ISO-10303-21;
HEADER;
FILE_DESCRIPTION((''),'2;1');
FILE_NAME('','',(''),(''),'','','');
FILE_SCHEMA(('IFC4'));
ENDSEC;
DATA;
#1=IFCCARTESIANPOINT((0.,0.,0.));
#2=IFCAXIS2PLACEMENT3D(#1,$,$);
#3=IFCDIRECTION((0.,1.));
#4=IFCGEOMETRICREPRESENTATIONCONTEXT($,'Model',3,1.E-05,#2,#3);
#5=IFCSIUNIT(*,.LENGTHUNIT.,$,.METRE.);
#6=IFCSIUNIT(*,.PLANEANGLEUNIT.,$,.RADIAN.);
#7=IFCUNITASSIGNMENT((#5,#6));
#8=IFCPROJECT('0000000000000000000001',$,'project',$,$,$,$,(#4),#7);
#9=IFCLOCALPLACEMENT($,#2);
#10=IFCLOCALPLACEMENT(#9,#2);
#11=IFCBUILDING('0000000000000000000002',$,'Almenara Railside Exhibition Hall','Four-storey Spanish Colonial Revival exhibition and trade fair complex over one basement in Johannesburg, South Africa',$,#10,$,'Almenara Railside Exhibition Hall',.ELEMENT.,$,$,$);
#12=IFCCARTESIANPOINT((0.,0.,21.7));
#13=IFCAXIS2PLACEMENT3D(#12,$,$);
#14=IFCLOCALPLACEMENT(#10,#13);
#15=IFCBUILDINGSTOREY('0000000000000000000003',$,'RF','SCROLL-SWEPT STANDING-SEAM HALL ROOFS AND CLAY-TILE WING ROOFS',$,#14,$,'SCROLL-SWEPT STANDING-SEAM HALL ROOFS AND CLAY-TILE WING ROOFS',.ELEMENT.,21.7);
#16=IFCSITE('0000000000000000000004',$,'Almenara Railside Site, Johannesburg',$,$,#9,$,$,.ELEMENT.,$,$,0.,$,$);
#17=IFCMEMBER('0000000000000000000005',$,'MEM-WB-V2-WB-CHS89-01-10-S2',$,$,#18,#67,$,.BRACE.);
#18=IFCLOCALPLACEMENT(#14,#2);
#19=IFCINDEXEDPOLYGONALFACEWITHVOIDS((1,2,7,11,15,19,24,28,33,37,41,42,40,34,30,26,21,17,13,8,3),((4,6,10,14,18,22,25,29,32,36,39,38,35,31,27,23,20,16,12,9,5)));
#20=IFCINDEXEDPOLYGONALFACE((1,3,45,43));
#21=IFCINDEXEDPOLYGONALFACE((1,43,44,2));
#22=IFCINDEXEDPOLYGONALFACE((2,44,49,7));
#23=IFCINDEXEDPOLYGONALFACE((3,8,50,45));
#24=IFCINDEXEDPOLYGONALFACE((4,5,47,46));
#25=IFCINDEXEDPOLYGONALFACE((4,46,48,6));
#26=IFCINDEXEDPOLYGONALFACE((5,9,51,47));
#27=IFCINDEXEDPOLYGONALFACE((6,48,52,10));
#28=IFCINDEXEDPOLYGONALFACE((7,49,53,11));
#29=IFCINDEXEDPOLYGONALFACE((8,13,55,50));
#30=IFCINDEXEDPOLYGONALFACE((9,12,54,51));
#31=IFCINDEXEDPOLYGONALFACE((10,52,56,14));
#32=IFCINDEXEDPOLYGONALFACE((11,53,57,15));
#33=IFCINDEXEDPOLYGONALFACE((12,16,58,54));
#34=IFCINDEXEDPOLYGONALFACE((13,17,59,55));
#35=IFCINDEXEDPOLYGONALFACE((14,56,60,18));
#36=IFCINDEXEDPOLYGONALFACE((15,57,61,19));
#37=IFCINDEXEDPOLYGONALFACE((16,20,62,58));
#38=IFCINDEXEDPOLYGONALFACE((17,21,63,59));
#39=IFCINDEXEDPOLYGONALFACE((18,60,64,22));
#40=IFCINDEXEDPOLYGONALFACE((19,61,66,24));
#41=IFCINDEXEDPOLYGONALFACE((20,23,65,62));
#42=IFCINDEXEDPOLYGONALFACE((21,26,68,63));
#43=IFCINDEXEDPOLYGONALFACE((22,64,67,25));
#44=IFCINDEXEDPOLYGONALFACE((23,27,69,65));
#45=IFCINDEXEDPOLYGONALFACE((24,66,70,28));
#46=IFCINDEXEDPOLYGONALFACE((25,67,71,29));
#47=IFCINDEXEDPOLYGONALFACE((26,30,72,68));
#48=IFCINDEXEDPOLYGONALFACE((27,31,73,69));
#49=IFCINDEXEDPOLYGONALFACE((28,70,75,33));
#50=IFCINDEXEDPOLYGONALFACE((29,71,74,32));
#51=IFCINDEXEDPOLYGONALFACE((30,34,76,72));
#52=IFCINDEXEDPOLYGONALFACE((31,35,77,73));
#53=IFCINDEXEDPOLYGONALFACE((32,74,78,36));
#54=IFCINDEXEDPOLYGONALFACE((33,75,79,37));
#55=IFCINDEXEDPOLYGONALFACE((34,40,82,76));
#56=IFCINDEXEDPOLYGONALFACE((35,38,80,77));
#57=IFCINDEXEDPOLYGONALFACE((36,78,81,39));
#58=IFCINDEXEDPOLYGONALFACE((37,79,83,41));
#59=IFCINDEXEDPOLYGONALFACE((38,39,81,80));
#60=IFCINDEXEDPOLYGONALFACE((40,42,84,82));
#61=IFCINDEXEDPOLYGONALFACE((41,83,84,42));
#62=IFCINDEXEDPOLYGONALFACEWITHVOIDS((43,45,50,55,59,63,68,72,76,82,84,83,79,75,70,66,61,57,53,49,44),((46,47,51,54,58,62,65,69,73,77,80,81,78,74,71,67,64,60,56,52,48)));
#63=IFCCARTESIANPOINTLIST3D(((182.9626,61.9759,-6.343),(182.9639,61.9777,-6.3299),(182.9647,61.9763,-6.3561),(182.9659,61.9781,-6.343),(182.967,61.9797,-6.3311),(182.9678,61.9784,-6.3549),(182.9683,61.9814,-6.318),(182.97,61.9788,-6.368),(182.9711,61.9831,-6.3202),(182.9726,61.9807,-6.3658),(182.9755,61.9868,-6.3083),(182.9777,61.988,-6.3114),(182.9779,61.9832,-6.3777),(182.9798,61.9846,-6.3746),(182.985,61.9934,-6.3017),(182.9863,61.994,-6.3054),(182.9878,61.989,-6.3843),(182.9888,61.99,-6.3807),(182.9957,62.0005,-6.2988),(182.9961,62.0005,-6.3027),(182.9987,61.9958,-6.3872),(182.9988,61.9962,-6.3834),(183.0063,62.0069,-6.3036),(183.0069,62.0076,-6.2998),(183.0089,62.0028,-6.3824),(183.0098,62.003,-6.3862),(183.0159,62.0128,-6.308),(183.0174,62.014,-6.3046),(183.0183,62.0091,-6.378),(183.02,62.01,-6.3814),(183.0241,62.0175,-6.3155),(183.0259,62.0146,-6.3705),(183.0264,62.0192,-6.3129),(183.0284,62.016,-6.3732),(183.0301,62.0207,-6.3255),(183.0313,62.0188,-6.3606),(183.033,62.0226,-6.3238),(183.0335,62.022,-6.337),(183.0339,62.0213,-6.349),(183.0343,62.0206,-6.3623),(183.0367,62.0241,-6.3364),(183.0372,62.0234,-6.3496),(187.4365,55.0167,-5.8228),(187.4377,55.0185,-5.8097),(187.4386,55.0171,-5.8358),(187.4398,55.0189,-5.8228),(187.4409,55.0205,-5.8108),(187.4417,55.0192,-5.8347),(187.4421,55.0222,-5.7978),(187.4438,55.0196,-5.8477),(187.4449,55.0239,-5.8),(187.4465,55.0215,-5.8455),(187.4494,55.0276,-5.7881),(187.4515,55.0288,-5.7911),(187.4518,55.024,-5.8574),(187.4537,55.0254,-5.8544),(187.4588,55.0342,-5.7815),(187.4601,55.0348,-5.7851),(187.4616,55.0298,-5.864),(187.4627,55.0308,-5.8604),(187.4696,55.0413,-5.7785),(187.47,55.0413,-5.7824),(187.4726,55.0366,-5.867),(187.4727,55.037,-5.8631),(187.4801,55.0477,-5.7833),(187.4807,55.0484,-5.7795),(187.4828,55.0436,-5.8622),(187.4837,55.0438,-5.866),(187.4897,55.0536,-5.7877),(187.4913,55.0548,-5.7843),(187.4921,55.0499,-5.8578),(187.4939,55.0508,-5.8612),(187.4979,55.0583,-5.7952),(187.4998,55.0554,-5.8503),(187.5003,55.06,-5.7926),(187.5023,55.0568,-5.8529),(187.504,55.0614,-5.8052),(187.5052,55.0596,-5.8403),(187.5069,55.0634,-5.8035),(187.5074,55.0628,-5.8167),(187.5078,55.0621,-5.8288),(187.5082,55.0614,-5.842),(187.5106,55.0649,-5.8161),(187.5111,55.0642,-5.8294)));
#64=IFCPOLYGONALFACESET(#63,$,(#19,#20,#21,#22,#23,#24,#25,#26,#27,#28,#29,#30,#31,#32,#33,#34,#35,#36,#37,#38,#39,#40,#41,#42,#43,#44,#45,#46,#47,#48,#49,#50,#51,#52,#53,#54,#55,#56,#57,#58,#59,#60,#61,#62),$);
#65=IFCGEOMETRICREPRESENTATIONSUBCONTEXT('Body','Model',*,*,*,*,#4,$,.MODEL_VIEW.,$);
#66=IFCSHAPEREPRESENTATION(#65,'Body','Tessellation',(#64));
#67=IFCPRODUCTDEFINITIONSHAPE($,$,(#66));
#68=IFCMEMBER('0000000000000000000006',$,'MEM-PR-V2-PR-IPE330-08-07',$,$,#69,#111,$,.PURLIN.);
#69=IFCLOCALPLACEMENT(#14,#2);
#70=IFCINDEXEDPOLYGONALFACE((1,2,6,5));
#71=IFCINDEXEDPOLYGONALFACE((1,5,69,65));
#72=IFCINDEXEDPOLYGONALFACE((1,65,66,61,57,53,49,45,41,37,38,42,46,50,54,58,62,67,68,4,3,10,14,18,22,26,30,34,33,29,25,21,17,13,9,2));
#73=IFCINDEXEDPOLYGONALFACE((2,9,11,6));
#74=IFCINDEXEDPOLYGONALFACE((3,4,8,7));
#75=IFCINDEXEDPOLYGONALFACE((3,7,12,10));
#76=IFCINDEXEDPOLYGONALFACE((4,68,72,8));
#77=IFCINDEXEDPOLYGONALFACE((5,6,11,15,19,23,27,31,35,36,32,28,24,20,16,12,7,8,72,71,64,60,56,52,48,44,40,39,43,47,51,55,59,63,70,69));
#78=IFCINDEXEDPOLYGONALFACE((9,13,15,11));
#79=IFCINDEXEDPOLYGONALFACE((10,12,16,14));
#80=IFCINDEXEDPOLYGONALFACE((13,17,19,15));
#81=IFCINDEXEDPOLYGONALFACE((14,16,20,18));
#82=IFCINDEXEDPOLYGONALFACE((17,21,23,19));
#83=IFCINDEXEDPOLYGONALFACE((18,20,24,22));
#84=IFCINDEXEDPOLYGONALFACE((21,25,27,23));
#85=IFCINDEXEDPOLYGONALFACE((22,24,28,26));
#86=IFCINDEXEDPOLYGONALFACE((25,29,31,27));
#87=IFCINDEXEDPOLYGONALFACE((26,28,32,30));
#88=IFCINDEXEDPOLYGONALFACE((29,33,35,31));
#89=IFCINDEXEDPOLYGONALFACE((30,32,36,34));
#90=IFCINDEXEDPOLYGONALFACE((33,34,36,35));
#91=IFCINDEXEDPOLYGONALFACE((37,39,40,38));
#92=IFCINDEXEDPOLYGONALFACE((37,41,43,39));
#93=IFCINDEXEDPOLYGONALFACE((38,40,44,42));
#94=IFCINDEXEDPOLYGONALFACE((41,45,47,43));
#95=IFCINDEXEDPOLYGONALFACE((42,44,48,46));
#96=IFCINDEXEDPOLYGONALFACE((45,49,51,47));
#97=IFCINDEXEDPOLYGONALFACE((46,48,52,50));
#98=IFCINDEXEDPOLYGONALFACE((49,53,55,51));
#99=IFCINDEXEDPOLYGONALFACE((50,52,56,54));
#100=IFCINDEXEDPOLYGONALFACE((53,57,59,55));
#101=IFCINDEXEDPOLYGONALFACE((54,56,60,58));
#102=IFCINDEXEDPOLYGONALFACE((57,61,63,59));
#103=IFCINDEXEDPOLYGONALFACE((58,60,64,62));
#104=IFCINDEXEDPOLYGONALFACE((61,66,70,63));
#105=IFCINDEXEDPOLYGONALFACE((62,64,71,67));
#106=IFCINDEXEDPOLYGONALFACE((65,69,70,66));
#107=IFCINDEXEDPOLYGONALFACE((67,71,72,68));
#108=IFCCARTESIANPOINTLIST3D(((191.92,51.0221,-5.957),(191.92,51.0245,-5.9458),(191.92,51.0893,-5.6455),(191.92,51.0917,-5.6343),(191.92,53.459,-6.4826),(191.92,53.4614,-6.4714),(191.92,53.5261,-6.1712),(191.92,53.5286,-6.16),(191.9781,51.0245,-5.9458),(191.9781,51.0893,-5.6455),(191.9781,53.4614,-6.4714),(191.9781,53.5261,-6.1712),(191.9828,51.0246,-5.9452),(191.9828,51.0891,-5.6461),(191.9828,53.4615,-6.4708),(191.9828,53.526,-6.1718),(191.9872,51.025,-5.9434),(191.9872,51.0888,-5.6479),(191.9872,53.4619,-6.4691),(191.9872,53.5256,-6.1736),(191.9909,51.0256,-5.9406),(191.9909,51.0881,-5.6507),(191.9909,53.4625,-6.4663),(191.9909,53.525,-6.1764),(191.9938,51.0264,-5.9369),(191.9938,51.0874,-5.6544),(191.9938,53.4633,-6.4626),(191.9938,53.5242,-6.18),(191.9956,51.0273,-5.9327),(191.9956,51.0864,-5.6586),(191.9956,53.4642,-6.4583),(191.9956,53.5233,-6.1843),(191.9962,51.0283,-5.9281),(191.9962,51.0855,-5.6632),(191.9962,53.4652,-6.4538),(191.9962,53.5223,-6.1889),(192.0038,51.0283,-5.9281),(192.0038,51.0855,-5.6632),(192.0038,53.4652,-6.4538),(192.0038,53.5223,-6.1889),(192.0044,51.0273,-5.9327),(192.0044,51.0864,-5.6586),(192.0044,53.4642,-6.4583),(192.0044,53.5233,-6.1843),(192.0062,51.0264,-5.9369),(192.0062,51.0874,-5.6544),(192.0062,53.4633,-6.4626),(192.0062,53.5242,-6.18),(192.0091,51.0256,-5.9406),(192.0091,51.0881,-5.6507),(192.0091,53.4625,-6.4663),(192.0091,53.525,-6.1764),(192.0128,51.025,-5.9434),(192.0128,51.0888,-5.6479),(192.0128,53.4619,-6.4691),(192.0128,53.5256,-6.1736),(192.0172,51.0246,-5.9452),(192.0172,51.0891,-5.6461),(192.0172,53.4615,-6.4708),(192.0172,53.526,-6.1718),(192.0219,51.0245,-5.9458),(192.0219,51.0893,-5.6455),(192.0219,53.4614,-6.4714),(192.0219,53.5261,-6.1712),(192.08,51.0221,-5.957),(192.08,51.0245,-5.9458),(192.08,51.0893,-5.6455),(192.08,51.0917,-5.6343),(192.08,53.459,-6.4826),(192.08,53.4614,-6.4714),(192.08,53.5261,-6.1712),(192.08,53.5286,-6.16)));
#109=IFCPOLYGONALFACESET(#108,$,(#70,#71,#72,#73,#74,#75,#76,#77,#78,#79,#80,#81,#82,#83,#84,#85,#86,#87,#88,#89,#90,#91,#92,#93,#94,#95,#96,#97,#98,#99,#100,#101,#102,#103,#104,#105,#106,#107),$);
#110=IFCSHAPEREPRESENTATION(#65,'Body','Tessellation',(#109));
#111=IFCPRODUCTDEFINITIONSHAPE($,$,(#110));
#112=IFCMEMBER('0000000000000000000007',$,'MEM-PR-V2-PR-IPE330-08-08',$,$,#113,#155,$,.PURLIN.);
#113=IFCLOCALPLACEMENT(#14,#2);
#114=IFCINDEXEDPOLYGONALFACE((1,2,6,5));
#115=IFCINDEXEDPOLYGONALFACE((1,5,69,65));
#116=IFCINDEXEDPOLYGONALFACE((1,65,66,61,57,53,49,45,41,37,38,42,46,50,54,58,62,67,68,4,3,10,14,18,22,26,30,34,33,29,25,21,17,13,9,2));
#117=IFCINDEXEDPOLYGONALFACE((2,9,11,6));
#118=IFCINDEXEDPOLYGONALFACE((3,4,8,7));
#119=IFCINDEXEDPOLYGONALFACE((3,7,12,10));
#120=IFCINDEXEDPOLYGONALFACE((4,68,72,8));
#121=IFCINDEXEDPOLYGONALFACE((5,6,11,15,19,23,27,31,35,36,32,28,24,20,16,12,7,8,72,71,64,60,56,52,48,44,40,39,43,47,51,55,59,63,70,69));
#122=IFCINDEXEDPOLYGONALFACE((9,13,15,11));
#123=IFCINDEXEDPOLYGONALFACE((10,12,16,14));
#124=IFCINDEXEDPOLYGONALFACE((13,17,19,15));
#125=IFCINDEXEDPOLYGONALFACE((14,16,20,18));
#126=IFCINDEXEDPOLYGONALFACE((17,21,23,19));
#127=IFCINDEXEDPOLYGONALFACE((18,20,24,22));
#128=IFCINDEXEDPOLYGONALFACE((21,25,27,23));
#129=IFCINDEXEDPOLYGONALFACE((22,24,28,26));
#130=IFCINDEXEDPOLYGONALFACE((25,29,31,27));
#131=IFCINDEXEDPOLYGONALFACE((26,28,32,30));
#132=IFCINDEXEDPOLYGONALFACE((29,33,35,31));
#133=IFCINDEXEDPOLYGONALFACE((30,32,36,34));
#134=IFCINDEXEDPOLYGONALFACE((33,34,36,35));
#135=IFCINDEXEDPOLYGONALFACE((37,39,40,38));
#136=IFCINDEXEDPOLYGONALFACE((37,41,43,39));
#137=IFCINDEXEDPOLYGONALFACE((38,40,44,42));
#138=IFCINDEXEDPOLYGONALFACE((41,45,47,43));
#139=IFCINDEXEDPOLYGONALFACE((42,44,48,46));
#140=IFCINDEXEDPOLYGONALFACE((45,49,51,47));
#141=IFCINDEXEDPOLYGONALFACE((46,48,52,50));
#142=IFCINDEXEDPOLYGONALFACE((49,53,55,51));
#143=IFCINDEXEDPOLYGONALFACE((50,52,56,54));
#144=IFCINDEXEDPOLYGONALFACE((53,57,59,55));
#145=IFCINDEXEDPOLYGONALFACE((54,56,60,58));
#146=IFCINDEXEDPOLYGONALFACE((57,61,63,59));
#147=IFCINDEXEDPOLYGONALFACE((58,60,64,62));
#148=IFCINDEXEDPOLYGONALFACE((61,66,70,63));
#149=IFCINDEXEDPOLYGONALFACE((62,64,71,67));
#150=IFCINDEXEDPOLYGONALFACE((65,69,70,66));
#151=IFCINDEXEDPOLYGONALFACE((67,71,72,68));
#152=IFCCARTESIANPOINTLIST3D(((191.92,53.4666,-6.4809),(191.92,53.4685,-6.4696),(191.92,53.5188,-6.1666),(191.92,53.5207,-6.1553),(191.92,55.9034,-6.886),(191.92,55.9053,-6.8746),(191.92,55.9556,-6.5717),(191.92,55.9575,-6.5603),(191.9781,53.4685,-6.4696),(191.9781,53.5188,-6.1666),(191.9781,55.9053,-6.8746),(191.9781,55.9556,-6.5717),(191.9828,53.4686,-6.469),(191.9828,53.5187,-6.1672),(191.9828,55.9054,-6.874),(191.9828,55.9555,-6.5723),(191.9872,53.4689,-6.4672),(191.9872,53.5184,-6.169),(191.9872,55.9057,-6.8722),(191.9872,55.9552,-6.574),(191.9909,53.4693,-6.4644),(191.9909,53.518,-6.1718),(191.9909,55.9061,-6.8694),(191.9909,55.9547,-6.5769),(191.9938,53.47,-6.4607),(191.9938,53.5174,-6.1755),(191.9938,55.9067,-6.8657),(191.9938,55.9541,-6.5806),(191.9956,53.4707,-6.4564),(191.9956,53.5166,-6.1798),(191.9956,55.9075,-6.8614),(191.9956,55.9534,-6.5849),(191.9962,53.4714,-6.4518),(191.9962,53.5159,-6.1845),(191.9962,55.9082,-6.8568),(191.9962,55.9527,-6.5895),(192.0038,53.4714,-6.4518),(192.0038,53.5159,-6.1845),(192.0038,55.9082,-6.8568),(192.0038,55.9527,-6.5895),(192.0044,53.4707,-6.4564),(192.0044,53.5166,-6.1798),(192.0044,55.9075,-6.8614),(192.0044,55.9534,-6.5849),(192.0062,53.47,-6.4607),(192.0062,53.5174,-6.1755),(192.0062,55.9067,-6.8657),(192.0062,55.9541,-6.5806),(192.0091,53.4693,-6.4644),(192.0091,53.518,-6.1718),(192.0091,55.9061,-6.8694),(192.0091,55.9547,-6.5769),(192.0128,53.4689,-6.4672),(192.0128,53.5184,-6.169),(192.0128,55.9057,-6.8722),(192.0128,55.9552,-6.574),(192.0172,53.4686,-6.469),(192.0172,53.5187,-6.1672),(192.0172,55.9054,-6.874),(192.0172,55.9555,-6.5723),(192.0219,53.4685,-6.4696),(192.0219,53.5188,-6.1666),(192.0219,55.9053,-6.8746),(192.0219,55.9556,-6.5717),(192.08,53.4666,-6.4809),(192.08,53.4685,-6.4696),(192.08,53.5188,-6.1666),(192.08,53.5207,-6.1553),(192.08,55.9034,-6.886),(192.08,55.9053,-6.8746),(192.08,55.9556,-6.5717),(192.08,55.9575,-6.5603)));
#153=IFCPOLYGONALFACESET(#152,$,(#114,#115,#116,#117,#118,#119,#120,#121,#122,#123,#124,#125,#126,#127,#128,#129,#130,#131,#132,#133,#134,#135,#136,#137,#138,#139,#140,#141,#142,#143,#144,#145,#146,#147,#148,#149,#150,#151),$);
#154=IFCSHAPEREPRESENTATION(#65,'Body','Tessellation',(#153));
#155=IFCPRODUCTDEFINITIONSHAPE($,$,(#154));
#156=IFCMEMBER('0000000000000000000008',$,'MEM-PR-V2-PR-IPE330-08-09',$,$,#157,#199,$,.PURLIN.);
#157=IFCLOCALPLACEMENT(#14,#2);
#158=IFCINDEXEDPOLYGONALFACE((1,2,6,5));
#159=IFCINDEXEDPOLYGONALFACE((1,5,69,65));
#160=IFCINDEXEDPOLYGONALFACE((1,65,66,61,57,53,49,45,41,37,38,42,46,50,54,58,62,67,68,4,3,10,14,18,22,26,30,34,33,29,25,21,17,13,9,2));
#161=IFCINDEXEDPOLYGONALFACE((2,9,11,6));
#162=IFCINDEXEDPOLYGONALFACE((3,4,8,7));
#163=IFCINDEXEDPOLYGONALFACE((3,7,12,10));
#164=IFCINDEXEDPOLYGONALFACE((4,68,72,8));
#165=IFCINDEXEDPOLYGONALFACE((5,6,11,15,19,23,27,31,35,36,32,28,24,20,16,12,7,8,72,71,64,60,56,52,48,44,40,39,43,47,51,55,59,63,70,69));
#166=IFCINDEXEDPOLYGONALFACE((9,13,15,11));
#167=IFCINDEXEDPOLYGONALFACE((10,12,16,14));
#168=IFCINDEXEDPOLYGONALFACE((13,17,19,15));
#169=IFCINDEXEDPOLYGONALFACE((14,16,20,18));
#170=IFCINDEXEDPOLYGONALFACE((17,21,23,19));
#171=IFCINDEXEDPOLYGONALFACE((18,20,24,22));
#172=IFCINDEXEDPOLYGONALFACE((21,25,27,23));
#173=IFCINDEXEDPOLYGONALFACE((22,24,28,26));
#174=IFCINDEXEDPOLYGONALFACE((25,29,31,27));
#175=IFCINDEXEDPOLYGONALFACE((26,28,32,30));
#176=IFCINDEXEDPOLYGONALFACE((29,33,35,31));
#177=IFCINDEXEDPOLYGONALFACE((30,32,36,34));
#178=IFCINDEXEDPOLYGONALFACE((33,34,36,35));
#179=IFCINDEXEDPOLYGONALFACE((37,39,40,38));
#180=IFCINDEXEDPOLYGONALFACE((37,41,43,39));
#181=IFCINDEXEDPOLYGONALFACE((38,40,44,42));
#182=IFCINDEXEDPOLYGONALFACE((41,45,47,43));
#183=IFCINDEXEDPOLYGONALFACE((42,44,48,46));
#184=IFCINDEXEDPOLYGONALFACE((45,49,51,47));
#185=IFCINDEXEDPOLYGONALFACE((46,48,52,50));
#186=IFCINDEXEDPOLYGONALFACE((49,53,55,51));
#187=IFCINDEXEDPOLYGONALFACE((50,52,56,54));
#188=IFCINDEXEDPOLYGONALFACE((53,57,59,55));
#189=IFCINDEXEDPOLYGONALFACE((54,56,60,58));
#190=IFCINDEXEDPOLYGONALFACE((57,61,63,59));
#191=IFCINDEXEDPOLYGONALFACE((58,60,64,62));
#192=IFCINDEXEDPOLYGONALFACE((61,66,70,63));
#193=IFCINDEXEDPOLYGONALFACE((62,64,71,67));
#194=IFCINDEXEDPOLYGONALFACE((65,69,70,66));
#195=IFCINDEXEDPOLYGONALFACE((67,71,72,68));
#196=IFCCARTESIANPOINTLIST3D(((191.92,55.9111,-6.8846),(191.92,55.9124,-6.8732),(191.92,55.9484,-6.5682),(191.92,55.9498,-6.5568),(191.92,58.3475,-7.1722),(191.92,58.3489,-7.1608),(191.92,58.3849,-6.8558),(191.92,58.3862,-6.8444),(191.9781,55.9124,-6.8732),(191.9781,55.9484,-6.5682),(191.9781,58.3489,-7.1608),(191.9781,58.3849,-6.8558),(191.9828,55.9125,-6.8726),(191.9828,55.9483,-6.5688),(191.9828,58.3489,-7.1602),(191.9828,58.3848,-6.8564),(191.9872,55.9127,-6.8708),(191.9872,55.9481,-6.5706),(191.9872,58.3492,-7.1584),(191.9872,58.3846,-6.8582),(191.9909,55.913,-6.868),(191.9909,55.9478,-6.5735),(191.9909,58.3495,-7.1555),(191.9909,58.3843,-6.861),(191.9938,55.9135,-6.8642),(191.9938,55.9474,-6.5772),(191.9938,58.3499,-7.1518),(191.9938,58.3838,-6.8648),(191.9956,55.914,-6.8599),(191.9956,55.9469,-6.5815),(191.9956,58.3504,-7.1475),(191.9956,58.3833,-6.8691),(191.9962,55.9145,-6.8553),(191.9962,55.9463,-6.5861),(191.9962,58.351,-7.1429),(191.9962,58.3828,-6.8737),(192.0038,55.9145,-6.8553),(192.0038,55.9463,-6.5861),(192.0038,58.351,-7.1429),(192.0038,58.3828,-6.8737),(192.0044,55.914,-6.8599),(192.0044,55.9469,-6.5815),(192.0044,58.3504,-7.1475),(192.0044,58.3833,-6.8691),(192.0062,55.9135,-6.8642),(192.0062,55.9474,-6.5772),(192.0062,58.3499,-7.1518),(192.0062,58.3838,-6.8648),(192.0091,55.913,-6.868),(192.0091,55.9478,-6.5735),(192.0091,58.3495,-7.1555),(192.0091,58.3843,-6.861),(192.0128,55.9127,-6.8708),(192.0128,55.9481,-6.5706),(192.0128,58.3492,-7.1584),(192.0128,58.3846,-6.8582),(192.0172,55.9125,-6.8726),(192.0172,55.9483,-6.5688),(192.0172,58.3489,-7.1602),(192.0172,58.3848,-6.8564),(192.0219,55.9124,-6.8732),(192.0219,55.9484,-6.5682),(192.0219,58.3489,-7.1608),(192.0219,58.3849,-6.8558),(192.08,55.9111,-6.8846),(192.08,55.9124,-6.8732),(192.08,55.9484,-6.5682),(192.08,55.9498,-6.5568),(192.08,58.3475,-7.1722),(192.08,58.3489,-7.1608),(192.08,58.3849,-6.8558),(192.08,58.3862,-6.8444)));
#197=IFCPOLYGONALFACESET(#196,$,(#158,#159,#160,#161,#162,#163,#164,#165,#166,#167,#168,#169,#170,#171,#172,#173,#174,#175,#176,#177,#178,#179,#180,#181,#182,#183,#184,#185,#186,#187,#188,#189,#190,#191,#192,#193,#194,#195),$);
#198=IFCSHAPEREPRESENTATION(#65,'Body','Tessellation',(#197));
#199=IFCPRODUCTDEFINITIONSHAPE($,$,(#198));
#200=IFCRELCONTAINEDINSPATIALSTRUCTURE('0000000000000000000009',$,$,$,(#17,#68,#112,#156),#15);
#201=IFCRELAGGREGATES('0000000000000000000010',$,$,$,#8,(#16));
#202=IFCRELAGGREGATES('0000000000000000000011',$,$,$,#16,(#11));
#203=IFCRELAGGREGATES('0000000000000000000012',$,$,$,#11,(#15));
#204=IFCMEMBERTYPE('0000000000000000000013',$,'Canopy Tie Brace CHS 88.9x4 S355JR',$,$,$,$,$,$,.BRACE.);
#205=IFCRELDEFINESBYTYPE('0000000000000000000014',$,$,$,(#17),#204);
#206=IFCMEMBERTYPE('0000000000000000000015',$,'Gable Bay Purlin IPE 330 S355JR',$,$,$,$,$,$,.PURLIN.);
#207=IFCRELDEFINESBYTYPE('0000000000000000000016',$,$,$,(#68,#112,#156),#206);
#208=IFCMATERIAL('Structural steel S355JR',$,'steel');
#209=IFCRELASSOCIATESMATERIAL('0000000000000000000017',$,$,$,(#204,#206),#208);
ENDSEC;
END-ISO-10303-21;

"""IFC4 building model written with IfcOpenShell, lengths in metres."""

from ifc_helpers import new_model, si_unit, direction, frame, origin, origin_2d, place, context, subcontext, project, spatial, hollow_circle, i_section, extrude, material, material_profile, profile_set, type_object, element, save


model = new_model("IFC4")

# Units and contexts
model_context = context("Model", 3, precision=1e-05, world=origin(), true_north=direction((0.0, 1.0)))
body_context = subcontext(model_context, "Body", "Model", "MODEL_VIEW")
ifc_project = project(units=[si_unit("LENGTHUNIT", "METRE"), si_unit("PLANEANGLEUNIT", "RADIAN")], contexts=[model_context])

# Site, building, storey
site_placement = place(None, origin())
site = spatial("IfcSite", under=ifc_project, at=site_placement, Name="Almenara Railside Site, Johannesburg", CompositionType="ELEMENT", RefElevation=0.0)
building_placement = place(site_placement, origin())
building = spatial("IfcBuilding", under=site, at=building_placement, Name="Almenara Railside Exhibition Hall", Description="Four-storey Spanish Colonial Revival exhibition and trade fair complex over one basement in Johannesburg, South Africa", LongName="Almenara Railside Exhibition Hall", CompositionType="ELEMENT")
storey_placement = place(building_placement, frame((0.0, 0.0, 21.7)))
storey = spatial("IfcBuildingStorey", under=building, at=storey_placement, Name="RF", Description="SCROLL-SWEPT STANDING-SEAM HALL ROOFS AND CLAY-TILE WING ROOFS", LongName="SCROLL-SWEPT STANDING-SEAM HALL ROOFS AND CLAY-TILE WING ROOFS", CompositionType="ELEMENT", Elevation=21.7)

# Members
ifc_material_1 = material(Name="Structural steel S355JR", Category="steel")
ifc_material_profile_1 = material_profile(ifc_material_1, hollow_circle(Radius=0.0444, WallThickness=0.0039, at=origin_2d()), Name="CHS 88.9x4")
ifc_profile_set_1 = profile_set([ifc_material_profile_1], Name="Structural steel S355JR")
member_type_1 = type_object("IfcMemberType", Name="Canopy Tie Brace CHS 88.9x4 S355JR", PredefinedType="BRACE", material=ifc_profile_set_1)
member_1_placement = place(storey_placement, frame((187.4739, 55.0408, -5.8228), z_axis=(-0.539699, 0.839515, -0.062761), x_axis=(-0.841174, -0.540765, 0.0)))
element("IfcMember", 1, at=member_1_placement, inside=storey, type_object=member_type_1, Name="MEM-WB-V2-WB-CHS89-01-10-S2", PredefinedType="BRACE", context=body_context, shape_type="SweptSolid", body=[
    extrude(hollow_circle(Radius=0.0444, WallThickness=0.0039, at=origin_2d()), origin(), (0.0, 0.0, 1.0), 8.2896),
])
ifc_material_profile_2 = material_profile(ifc_material_1, i_section(OverallWidth=0.1599, OverallDepth=0.3301, WebThickness=0.0076, FlangeThickness=0.0115, FilletRadius=0.0181, at=origin_2d()), Name="IPE 330")
ifc_profile_set_2 = profile_set([ifc_material_profile_2], Name="Structural steel S355JR")
member_type_2 = type_object("IfcMemberType", Name="Gable Bay Purlin IPE 330 S355JR", PredefinedType="PURLIN", material=ifc_profile_set_2)
member_2_placement = place(storey_placement, frame((192.0, 51.0569, -5.7957), z_axis=(0.0, 0.977516, -0.21086), x_axis=(-1.0, 0.0, 0.0)))
element("IfcMember", 2, at=member_2_placement, inside=storey, type_object=member_type_2, Name="MEM-PR-V2-PR-IPE330-08-07", PredefinedType="PURLIN", context=body_context, shape_type="SweptSolid", body=[
    extrude(i_section(OverallWidth=0.1599, OverallDepth=0.3301, WebThickness=0.0076, FlangeThickness=0.0115, FilletRadius=0.0181, at=origin_2d()), origin(), (0.0, 0.0, 1.0), 2.4929),
])
member_3_placement = place(storey_placement, frame((192.0, 53.4937, -6.3181), z_axis=(0.0, 0.986466, -0.163966), x_axis=(-1.0, 0.0, 0.0)))
element("IfcMember", 3, at=member_3_placement, inside=storey, type_object=member_type_2, Name="MEM-PR-V2-PR-IPE330-08-08", PredefinedType="PURLIN", context=body_context, shape_type="SweptSolid", body=[
    extrude(i_section(OverallWidth=0.1599, OverallDepth=0.3301, WebThickness=0.0076, FlangeThickness=0.0115, FilletRadius=0.0181, at=origin_2d()), origin(), (0.0, 0.0, 1.0), 2.4702),
])
member_4_placement = place(storey_placement, frame((192.0, 55.9304, -6.7207), z_axis=(0.0, 0.993106, -0.117222), x_axis=(-1.0, 0.0, 0.0)))
element("IfcMember", 4, at=member_4_placement, inside=storey, type_object=member_type_2, Name="MEM-PR-V2-PR-IPE330-08-09", PredefinedType="PURLIN", context=body_context, shape_type="SweptSolid", body=[
    extrude(i_section(OverallWidth=0.1599, OverallDepth=0.3301, WebThickness=0.0076, FlangeThickness=0.0115, FilletRadius=0.0181, at=origin_2d()), origin(), (0.0, 0.0, 1.0), 2.4534),
])

save(model, "model.ifc")
